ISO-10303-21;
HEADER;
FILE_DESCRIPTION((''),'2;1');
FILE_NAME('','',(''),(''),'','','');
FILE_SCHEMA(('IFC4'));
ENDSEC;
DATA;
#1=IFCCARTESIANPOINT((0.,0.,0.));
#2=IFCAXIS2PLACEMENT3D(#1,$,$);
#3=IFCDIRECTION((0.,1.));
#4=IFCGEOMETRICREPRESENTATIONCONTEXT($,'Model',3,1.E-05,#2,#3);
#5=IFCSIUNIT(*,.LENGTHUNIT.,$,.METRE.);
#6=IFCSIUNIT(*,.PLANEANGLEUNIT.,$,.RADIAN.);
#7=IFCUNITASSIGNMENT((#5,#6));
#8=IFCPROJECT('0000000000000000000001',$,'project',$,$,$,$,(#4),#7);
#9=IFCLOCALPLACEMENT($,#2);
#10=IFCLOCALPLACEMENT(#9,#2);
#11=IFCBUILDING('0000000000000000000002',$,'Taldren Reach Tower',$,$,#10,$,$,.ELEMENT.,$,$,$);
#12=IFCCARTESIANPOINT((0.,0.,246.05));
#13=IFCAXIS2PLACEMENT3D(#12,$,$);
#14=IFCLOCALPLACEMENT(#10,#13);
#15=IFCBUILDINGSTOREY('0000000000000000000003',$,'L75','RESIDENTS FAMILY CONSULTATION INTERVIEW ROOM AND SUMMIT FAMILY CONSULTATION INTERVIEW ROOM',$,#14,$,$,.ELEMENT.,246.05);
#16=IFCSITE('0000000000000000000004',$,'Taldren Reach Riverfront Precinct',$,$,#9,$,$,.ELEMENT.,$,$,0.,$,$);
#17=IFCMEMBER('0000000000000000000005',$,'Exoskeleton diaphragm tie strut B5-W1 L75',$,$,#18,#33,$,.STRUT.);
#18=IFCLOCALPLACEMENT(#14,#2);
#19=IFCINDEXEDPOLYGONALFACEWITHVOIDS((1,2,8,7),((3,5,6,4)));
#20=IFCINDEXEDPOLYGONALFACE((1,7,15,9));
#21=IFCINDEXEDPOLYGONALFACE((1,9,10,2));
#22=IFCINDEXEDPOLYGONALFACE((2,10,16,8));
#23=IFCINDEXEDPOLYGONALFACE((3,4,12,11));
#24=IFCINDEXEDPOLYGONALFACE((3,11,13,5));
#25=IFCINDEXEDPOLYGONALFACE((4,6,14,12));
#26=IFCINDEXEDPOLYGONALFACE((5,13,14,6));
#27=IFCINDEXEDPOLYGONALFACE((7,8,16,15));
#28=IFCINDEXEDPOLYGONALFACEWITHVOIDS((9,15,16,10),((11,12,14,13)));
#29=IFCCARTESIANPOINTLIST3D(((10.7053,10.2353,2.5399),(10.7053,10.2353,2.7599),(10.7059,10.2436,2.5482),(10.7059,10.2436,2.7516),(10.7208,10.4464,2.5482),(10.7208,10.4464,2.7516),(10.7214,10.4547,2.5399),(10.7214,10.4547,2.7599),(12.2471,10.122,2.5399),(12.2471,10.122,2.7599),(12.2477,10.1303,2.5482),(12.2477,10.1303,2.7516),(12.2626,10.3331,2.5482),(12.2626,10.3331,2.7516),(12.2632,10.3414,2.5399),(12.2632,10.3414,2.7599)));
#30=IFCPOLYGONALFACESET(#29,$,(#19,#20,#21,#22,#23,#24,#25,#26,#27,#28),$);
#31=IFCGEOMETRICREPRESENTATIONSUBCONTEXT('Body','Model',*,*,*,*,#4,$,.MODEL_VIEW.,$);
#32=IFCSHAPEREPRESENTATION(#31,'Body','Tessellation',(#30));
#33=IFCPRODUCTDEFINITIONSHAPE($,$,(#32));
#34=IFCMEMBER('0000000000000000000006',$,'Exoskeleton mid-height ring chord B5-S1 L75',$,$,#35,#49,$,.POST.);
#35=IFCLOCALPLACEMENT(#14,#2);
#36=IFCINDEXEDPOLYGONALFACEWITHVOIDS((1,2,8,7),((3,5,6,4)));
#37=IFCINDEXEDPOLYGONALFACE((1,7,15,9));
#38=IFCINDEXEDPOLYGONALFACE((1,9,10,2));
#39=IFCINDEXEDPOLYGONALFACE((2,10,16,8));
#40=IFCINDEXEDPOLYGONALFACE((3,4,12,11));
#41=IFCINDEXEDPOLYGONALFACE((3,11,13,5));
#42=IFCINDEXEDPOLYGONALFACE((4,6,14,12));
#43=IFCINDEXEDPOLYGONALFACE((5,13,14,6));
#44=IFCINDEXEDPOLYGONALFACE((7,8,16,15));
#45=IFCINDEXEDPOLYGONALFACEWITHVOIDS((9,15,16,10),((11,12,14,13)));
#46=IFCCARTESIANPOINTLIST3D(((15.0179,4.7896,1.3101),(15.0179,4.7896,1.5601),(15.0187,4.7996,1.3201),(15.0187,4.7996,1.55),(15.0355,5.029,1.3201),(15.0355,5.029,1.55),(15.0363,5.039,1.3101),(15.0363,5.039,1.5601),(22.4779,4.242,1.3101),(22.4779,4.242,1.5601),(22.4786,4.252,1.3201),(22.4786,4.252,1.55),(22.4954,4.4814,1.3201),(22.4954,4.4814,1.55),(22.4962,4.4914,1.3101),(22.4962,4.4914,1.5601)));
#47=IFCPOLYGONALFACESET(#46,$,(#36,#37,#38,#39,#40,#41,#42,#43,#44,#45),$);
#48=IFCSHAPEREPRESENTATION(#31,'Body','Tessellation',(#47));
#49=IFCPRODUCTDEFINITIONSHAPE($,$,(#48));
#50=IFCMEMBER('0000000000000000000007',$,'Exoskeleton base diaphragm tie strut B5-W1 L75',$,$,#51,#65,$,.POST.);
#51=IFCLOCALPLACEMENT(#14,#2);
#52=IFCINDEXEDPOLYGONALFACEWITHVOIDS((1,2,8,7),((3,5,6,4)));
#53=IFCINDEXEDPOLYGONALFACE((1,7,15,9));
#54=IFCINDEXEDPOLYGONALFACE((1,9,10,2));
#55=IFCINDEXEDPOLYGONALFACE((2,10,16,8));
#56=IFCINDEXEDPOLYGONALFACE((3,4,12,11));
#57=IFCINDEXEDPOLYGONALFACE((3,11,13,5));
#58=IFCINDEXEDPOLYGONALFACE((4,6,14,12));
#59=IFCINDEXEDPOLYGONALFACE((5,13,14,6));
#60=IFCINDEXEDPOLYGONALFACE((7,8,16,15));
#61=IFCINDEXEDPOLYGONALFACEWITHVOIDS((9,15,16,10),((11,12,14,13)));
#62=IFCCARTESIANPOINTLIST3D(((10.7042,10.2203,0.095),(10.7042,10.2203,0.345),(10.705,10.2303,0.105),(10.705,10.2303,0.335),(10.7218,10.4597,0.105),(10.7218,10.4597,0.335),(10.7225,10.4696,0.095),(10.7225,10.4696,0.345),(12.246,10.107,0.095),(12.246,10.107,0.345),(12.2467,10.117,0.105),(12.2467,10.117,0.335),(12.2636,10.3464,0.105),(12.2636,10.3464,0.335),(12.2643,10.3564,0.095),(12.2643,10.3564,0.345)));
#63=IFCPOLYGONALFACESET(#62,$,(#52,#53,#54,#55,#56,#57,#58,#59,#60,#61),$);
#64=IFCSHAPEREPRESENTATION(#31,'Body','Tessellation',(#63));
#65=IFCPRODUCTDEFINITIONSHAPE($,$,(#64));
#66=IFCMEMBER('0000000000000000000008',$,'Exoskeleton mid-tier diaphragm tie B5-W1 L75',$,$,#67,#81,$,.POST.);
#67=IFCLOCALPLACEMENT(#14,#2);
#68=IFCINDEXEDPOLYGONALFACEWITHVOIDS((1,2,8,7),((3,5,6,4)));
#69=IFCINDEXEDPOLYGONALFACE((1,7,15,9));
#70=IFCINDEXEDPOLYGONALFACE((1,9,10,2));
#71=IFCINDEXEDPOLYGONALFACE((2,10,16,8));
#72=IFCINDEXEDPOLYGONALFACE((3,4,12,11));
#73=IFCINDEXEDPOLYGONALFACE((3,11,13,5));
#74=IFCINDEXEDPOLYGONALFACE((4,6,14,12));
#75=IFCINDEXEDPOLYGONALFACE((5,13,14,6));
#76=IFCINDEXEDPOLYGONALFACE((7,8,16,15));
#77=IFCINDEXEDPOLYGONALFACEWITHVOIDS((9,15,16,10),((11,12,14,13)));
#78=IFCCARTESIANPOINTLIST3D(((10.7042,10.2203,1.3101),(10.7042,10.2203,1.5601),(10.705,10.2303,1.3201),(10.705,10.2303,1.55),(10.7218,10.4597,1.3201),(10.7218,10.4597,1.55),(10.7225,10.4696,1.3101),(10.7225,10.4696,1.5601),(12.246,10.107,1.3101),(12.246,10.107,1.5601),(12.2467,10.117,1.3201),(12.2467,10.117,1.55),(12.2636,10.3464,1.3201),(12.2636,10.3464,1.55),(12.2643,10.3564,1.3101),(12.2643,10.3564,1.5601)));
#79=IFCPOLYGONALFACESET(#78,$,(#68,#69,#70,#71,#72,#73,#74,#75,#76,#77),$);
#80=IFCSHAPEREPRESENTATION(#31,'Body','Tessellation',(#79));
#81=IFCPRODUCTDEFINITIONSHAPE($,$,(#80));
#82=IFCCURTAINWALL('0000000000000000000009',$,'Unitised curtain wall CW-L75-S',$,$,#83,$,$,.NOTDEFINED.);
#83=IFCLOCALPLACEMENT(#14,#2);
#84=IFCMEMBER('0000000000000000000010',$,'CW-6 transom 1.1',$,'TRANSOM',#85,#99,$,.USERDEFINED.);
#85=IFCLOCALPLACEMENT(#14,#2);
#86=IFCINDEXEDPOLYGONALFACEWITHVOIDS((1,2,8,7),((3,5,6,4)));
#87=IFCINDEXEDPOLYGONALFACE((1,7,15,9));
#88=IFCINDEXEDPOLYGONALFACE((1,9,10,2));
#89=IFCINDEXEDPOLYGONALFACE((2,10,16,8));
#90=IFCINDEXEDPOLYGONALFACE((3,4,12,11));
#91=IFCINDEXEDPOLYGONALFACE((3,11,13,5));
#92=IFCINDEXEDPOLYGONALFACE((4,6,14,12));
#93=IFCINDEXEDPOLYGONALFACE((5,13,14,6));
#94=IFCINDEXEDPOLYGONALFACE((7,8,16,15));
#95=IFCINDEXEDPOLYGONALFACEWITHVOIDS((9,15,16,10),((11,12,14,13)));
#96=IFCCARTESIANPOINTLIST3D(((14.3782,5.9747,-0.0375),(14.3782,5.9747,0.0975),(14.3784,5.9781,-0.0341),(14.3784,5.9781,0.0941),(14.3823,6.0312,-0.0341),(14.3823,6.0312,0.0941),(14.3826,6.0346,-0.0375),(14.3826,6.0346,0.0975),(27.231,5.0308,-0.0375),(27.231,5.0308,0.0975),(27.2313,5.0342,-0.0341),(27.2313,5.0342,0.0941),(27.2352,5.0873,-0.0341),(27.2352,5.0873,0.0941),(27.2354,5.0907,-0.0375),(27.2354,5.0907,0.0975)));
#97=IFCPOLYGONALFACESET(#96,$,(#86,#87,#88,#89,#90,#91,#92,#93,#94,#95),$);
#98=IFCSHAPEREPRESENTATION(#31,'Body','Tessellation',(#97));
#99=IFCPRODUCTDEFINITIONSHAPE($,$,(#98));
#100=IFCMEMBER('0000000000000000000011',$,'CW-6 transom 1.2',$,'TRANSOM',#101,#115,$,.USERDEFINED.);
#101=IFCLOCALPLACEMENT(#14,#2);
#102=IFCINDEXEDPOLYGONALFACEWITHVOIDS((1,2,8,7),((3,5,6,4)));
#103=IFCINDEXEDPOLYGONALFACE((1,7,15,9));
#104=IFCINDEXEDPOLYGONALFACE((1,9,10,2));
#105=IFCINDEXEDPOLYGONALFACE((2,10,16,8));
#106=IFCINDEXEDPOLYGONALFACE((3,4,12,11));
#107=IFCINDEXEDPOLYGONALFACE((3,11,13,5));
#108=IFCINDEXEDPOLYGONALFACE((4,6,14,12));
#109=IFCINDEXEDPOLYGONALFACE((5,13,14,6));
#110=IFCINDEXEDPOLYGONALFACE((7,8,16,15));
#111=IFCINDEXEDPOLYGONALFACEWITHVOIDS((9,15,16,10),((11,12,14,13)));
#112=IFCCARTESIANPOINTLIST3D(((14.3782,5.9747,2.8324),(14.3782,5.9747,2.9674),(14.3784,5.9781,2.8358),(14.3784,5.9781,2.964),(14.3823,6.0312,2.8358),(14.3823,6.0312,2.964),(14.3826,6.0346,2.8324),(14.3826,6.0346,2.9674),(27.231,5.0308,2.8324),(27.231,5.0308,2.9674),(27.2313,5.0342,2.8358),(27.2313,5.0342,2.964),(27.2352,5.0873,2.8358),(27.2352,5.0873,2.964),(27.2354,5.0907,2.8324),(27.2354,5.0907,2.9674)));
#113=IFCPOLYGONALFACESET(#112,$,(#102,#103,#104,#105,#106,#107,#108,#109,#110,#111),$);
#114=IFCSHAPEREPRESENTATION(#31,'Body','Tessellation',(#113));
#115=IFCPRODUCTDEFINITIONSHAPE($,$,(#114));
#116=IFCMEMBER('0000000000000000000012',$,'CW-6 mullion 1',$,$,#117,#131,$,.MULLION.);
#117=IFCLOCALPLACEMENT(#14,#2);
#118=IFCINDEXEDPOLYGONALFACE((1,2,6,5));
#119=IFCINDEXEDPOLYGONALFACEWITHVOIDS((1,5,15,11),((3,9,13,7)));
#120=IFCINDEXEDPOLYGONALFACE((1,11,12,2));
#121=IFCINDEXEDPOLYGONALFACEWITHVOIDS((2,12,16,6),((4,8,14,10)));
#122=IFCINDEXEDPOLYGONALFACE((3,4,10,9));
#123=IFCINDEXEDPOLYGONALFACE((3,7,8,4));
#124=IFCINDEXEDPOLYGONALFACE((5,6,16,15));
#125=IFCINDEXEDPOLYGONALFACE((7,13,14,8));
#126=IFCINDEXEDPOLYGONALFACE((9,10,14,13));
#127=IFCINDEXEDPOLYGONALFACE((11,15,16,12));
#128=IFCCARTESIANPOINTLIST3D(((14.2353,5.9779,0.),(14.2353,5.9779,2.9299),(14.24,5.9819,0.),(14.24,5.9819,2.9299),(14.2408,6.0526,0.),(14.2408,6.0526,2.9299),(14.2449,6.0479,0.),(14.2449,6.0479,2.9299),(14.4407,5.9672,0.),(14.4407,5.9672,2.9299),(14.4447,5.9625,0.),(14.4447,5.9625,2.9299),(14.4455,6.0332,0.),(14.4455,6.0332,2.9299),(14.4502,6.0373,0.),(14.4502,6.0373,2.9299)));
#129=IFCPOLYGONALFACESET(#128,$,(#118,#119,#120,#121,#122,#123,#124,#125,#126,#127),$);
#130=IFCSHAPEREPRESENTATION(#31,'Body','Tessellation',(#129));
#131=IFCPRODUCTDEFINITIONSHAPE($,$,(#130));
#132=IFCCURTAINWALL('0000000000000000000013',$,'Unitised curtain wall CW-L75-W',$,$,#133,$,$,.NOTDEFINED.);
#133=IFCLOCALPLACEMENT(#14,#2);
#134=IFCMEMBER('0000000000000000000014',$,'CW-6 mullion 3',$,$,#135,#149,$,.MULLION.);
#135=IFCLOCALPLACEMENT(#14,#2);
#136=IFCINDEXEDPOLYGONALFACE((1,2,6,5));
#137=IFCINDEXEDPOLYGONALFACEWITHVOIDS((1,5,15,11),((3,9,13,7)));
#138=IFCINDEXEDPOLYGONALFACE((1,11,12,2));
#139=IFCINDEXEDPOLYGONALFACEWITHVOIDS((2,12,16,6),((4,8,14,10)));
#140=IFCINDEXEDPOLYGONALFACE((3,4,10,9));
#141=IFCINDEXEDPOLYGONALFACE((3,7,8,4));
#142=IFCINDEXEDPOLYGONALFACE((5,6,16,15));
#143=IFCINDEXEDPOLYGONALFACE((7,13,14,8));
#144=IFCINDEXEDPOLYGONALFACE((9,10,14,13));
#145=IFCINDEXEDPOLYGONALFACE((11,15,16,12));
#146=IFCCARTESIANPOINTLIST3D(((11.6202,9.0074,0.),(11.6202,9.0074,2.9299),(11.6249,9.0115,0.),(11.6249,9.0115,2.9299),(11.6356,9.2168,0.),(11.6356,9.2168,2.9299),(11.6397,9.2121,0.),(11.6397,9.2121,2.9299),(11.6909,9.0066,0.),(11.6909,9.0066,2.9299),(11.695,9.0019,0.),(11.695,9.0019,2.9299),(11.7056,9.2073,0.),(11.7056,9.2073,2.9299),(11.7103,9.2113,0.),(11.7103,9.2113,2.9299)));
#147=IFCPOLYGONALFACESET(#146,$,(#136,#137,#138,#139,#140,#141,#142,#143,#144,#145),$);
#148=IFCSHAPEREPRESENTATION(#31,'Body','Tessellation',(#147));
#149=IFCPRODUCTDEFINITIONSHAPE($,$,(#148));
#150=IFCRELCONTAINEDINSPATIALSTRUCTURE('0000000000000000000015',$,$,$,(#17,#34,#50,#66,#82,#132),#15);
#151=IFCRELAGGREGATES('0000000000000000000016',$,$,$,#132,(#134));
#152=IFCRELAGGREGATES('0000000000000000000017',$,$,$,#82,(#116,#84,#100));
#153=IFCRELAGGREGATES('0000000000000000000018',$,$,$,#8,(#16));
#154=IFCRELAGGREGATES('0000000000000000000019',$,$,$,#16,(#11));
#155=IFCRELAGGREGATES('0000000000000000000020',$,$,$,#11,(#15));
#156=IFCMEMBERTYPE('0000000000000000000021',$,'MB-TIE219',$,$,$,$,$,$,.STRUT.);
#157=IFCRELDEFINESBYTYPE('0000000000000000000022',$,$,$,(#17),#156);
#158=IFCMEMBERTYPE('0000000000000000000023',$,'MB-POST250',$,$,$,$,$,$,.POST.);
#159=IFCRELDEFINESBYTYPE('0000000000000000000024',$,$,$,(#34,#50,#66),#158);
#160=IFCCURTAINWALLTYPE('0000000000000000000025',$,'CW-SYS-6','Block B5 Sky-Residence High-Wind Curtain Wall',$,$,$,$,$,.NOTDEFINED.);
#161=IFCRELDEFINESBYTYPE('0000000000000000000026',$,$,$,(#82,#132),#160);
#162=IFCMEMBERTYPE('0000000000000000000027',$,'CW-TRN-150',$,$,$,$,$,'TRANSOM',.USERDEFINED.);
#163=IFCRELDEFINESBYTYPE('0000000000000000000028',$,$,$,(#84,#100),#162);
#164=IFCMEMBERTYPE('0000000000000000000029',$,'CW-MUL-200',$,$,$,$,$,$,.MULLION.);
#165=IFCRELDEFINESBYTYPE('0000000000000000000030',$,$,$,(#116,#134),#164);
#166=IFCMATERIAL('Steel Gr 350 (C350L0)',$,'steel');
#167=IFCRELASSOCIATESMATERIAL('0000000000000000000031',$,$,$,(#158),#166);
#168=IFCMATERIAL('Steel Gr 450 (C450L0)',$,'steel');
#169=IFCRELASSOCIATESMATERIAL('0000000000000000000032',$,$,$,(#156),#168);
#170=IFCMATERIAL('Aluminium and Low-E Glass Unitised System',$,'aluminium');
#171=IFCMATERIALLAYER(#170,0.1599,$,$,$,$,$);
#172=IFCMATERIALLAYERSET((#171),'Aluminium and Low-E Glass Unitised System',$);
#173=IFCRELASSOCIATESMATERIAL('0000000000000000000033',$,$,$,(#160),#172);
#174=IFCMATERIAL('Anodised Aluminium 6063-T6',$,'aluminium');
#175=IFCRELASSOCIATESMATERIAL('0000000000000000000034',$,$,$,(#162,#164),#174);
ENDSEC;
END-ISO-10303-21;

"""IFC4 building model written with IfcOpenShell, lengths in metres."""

from ifc_helpers import new_model, si_unit, direction, frame, origin, origin_2d, place, context, subcontext, project, spatial, hollow_rectangle, extrude, source, transform, mapped, material, layer, layer_set, material_profile, profile_set, type_object, element, aggregate, save


model = new_model("IFC4")

# Units and contexts
model_context = context("Model", 3, precision=1e-05, world=origin(), true_north=direction((0.0, 1.0)))
body_context = subcontext(model_context, "Body", "Model", "MODEL_VIEW")
ifc_project = project(units=[si_unit("LENGTHUNIT", "METRE"), si_unit("PLANEANGLEUNIT", "RADIAN")], contexts=[model_context])

# Site, building, storey
site_placement = place(None, origin())
site = spatial("IfcSite", under=ifc_project, at=site_placement, Name="Taldren Reach Riverfront Precinct", CompositionType="ELEMENT", RefElevation=0.0)
building_placement = place(site_placement, origin())
building = spatial("IfcBuilding", under=site, at=building_placement, Name="Taldren Reach Tower", CompositionType="ELEMENT")
storey_placement = place(building_placement, frame((0.0, 0.0, 246.05)))
storey = spatial("IfcBuildingStorey", under=building, at=storey_placement, Name="L75", Description="RESIDENTS FAMILY CONSULTATION INTERVIEW ROOM AND SUMMIT FAMILY CONSULTATION INTERVIEW ROOM", CompositionType="ELEMENT", Elevation=246.05)

# Shared definitions
ifc_material_1 = material(Name="Steel Gr 350 (C350L0)", Category="steel")

# Shared definitions
ifc_material_profile_1 = material_profile(ifc_material_1, hollow_rectangle(XDim=0.25, YDim=0.25, WallThickness=0.01, at=origin_2d()), Name="250x250x10.0SHS")
ifc_profile_set_1 = profile_set([ifc_material_profile_1], Name="Steel Gr 350 (C350L0)")
member_type_1 = type_object("IfcMemberType", Name="MB-POST250", PredefinedType="POST", material=ifc_profile_set_1)
ifc_material_2 = material(Name="Steel Gr 450 (C450L0)", Category="steel")
ifc_material_profile_2 = material_profile(ifc_material_2, hollow_rectangle(XDim=0.22, YDim=0.22, WallThickness=0.0083, at=origin_2d()), Name="220x220x8.2SHS")
ifc_profile_set_2 = profile_set([ifc_material_profile_2], Name="Steel Gr 450 (C450L0)")
member_type_2 = type_object("IfcMemberType", Name="MB-TIE219", PredefinedType="STRUT", material=ifc_profile_set_2)

# Members
shared_shape_1 = source(origin(), body_context, "Body", "SweptSolid", [
    extrude(hollow_rectangle(XDim=0.22, YDim=0.22, WallThickness=0.0083, at=origin_2d()), origin(), (0.0, 0.0, 1.0), 1.5459),
])
member_1_placement = place(storey_placement, frame((12.2551, 10.2317, 2.6499), z_axis=(-0.997312, 0.073278, 0.0), x_axis=(-0.073278, -0.997312, 0.0)))
element("IfcMember", 1, at=member_1_placement, inside=storey, type_object=member_type_2, Name="Exoskeleton diaphragm tie strut B5-W1 L75", PredefinedType="STRUT", context=body_context, shape_type="MappedRepresentation", body=[
    mapped(shared_shape_1, transform((0.0, 0.0, 0.0), scale=1.0)),
])
shared_shape_2 = source(origin(), body_context, "Body", "SweptSolid", [
    extrude(hollow_rectangle(XDim=0.25, YDim=0.25, WallThickness=0.01, at=origin_2d()), origin(), (0.0, 0.0, 1.0), 7.48),
])
member_2_placement = place(storey_placement, frame((15.0271, 4.9143, 1.4351), z_axis=(0.997317, -0.073209, 0.0), x_axis=(0.073209, 0.997317, 0.0)))
element("IfcMember", 2, at=member_2_placement, inside=storey, type_object=member_type_1, Name="Exoskeleton mid-height ring chord B5-S1 L75", PredefinedType="POST", context=body_context, shape_type="MappedRepresentation", body=[
    mapped(shared_shape_2, transform((0.0, 0.0, 0.0), scale=1.0)),
])
shared_shape_3 = source(origin(), body_context, "Body", "SweptSolid", [
    extrude(hollow_rectangle(XDim=0.25, YDim=0.25, WallThickness=0.01, at=origin_2d()), origin(), (0.0, 0.0, 1.0), 1.5459),
])
for number, where, z_axis, x_axis, name in (
    (3, (12.2551, 10.2317, 0.22), (-0.997312, 0.073278, 0.0), (-0.073278, -0.997312, 0.0), "Exoskeleton base diaphragm tie strut B5-W1 L75"),
    (4, (12.2551, 10.2317, 1.4351), (-0.997312, 0.073278, 0.0), (-0.073278, -0.997312, 0.0), "Exoskeleton mid-tier diaphragm tie B5-W1 L75"),
):
    element("IfcMember", number, at=place(storey_placement, frame(where, z_axis=z_axis, x_axis=x_axis)), inside=storey, type_object=member_type_1, Name=name, PredefinedType="POST", context=body_context, shape_type="MappedRepresentation", body=[
        mapped(shared_shape_3, transform((0.0, 0.0, 0.0), scale=1.0)),
    ])

# Curtain wall, members
ifc_material_3 = material(Name="Aluminium and Low-E Glass Unitised System", Category="aluminium")
ifc_layer_1 = layer(ifc_material_3, 0.1599)
ifc_layer_set_1 = layer_set([ifc_layer_1], Name="Aluminium and Low-E Glass Unitised System")
curtain_wall_type = type_object("IfcCurtainWallType", Name="CW-SYS-6", Description="Block B5 Sky-Residence High-Wind Curtain Wall", PredefinedType="NOTDEFINED", material=ifc_layer_set_1)
curtain_wall_1_placement = place(storey_placement, origin())
curtain_wall_1 = element("IfcCurtainWall", 5, at=curtain_wall_1_placement, inside=storey, type_object=curtain_wall_type, Name="Unitised curtain wall CW-L75-S", PredefinedType="NOTDEFINED")
ifc_material_4 = material(Name="Anodised Aluminium 6063-T6", Category="aluminium")
ifc_material_profile_3 = material_profile(ifc_material_4, hollow_rectangle(XDim=0.0601, YDim=0.135, WallThickness=0.0034, at=origin_2d()), Name="ALU-135x60x3.5RHS")
ifc_profile_set_3 = profile_set([ifc_material_profile_3], Name="Anodised Aluminium 6063-T6")
member_type_3 = type_object("IfcMemberType", Name="CW-TRN-150", ElementType="TRANSOM", PredefinedType="USERDEFINED", material=ifc_profile_set_3)
shared_shape_4 = source(origin(), body_context, "Body", "SweptSolid", [
    extrude(hollow_rectangle(XDim=0.0601, YDim=0.135, WallThickness=0.0034, at=origin_2d()), origin(), (0.0, 0.0, 1.0), 12.8875),
])
member_3_placement = place(storey_placement, frame((14.3804, 6.0046, 0.03), z_axis=(0.997314, -0.073238, 0.0), x_axis=(0.073238, 0.997314, 0.0)))
member_3 = element("IfcMember", 6, at=member_3_placement, type_object=member_type_3, Name="CW-6 transom 1.1", ObjectType="TRANSOM", PredefinedType="USERDEFINED", context=body_context, shape_type="MappedRepresentation", body=[
    mapped(shared_shape_4, transform((0.0, 0.0, 0.0), scale=1.0)),
])
member_4_placement = place(storey_placement, frame((14.3804, 6.0046, 2.8999), z_axis=(0.997314, -0.073238, 0.0), x_axis=(0.073238, 0.997314, 0.0)))
member_4 = element("IfcMember", 7, at=member_4_placement, type_object=member_type_3, Name="CW-6 transom 1.2", ObjectType="TRANSOM", PredefinedType="USERDEFINED", context=body_context, shape_type="MappedRepresentation", body=[
    mapped(shared_shape_4, transform((0.0, 0.0, 0.0), scale=1.0)),
])
ifc_material_profile_4 = material_profile(ifc_material_4, hollow_rectangle(XDim=0.075, YDim=0.21, WallThickness=0.0044, at=origin_2d()), Name="ALU-210x75x4.5RHS")
ifc_profile_set_4 = profile_set([ifc_material_profile_4], Name="Anodised Aluminium 6063-T6")
member_type_4 = type_object("IfcMemberType", Name="CW-MUL-200", PredefinedType="MULLION", material=ifc_profile_set_4)
shared_shape_5 = source(origin(), body_context, "Body", "SweptSolid", [
    extrude(hollow_rectangle(XDim=0.075, YDim=0.21, WallThickness=0.0044, at=origin_2d()), origin(), (0.0, 0.0, 1.0), 2.9299),
])
member_5_placement = place(storey_placement, frame((14.3428, 6.0076, 0.0), z_axis=(0.0, 0.0, 1.0), x_axis=(0.073238, 0.997314, 0.0)))
member_5 = element("IfcMember", 8, at=member_5_placement, type_object=member_type_4, Name="CW-6 mullion 1", PredefinedType="MULLION", context=body_context, shape_type="MappedRepresentation", body=[
    mapped(shared_shape_5, transform((0.0, 0.0, 0.0), scale=1.0)),
])

# Curtain wall, member
curtain_wall_2_placement = place(storey_placement, origin())
curtain_wall_2 = element("IfcCurtainWall", 9, at=curtain_wall_2_placement, inside=storey, type_object=curtain_wall_type, Name="Unitised curtain wall CW-L75-W", PredefinedType="NOTDEFINED")
member_6_placement = place(storey_placement, frame((11.6653, 9.1094, 0.0), z_axis=(0.0, 0.0, 1.0), x_axis=(0.997314, -0.073238, 0.0)))
member_6 = element("IfcMember", 10, at=member_6_placement, type_object=member_type_4, Name="CW-6 mullion 3", PredefinedType="MULLION", context=body_context, shape_type="MappedRepresentation", body=[
    mapped(shared_shape_5, transform((0.0, 0.0, 0.0), scale=1.0)),
])
aggregate(curtain_wall_2, [member_6])

aggregate(curtain_wall_1, [member_5, member_3, member_4])

save(model, "model.ifc")
